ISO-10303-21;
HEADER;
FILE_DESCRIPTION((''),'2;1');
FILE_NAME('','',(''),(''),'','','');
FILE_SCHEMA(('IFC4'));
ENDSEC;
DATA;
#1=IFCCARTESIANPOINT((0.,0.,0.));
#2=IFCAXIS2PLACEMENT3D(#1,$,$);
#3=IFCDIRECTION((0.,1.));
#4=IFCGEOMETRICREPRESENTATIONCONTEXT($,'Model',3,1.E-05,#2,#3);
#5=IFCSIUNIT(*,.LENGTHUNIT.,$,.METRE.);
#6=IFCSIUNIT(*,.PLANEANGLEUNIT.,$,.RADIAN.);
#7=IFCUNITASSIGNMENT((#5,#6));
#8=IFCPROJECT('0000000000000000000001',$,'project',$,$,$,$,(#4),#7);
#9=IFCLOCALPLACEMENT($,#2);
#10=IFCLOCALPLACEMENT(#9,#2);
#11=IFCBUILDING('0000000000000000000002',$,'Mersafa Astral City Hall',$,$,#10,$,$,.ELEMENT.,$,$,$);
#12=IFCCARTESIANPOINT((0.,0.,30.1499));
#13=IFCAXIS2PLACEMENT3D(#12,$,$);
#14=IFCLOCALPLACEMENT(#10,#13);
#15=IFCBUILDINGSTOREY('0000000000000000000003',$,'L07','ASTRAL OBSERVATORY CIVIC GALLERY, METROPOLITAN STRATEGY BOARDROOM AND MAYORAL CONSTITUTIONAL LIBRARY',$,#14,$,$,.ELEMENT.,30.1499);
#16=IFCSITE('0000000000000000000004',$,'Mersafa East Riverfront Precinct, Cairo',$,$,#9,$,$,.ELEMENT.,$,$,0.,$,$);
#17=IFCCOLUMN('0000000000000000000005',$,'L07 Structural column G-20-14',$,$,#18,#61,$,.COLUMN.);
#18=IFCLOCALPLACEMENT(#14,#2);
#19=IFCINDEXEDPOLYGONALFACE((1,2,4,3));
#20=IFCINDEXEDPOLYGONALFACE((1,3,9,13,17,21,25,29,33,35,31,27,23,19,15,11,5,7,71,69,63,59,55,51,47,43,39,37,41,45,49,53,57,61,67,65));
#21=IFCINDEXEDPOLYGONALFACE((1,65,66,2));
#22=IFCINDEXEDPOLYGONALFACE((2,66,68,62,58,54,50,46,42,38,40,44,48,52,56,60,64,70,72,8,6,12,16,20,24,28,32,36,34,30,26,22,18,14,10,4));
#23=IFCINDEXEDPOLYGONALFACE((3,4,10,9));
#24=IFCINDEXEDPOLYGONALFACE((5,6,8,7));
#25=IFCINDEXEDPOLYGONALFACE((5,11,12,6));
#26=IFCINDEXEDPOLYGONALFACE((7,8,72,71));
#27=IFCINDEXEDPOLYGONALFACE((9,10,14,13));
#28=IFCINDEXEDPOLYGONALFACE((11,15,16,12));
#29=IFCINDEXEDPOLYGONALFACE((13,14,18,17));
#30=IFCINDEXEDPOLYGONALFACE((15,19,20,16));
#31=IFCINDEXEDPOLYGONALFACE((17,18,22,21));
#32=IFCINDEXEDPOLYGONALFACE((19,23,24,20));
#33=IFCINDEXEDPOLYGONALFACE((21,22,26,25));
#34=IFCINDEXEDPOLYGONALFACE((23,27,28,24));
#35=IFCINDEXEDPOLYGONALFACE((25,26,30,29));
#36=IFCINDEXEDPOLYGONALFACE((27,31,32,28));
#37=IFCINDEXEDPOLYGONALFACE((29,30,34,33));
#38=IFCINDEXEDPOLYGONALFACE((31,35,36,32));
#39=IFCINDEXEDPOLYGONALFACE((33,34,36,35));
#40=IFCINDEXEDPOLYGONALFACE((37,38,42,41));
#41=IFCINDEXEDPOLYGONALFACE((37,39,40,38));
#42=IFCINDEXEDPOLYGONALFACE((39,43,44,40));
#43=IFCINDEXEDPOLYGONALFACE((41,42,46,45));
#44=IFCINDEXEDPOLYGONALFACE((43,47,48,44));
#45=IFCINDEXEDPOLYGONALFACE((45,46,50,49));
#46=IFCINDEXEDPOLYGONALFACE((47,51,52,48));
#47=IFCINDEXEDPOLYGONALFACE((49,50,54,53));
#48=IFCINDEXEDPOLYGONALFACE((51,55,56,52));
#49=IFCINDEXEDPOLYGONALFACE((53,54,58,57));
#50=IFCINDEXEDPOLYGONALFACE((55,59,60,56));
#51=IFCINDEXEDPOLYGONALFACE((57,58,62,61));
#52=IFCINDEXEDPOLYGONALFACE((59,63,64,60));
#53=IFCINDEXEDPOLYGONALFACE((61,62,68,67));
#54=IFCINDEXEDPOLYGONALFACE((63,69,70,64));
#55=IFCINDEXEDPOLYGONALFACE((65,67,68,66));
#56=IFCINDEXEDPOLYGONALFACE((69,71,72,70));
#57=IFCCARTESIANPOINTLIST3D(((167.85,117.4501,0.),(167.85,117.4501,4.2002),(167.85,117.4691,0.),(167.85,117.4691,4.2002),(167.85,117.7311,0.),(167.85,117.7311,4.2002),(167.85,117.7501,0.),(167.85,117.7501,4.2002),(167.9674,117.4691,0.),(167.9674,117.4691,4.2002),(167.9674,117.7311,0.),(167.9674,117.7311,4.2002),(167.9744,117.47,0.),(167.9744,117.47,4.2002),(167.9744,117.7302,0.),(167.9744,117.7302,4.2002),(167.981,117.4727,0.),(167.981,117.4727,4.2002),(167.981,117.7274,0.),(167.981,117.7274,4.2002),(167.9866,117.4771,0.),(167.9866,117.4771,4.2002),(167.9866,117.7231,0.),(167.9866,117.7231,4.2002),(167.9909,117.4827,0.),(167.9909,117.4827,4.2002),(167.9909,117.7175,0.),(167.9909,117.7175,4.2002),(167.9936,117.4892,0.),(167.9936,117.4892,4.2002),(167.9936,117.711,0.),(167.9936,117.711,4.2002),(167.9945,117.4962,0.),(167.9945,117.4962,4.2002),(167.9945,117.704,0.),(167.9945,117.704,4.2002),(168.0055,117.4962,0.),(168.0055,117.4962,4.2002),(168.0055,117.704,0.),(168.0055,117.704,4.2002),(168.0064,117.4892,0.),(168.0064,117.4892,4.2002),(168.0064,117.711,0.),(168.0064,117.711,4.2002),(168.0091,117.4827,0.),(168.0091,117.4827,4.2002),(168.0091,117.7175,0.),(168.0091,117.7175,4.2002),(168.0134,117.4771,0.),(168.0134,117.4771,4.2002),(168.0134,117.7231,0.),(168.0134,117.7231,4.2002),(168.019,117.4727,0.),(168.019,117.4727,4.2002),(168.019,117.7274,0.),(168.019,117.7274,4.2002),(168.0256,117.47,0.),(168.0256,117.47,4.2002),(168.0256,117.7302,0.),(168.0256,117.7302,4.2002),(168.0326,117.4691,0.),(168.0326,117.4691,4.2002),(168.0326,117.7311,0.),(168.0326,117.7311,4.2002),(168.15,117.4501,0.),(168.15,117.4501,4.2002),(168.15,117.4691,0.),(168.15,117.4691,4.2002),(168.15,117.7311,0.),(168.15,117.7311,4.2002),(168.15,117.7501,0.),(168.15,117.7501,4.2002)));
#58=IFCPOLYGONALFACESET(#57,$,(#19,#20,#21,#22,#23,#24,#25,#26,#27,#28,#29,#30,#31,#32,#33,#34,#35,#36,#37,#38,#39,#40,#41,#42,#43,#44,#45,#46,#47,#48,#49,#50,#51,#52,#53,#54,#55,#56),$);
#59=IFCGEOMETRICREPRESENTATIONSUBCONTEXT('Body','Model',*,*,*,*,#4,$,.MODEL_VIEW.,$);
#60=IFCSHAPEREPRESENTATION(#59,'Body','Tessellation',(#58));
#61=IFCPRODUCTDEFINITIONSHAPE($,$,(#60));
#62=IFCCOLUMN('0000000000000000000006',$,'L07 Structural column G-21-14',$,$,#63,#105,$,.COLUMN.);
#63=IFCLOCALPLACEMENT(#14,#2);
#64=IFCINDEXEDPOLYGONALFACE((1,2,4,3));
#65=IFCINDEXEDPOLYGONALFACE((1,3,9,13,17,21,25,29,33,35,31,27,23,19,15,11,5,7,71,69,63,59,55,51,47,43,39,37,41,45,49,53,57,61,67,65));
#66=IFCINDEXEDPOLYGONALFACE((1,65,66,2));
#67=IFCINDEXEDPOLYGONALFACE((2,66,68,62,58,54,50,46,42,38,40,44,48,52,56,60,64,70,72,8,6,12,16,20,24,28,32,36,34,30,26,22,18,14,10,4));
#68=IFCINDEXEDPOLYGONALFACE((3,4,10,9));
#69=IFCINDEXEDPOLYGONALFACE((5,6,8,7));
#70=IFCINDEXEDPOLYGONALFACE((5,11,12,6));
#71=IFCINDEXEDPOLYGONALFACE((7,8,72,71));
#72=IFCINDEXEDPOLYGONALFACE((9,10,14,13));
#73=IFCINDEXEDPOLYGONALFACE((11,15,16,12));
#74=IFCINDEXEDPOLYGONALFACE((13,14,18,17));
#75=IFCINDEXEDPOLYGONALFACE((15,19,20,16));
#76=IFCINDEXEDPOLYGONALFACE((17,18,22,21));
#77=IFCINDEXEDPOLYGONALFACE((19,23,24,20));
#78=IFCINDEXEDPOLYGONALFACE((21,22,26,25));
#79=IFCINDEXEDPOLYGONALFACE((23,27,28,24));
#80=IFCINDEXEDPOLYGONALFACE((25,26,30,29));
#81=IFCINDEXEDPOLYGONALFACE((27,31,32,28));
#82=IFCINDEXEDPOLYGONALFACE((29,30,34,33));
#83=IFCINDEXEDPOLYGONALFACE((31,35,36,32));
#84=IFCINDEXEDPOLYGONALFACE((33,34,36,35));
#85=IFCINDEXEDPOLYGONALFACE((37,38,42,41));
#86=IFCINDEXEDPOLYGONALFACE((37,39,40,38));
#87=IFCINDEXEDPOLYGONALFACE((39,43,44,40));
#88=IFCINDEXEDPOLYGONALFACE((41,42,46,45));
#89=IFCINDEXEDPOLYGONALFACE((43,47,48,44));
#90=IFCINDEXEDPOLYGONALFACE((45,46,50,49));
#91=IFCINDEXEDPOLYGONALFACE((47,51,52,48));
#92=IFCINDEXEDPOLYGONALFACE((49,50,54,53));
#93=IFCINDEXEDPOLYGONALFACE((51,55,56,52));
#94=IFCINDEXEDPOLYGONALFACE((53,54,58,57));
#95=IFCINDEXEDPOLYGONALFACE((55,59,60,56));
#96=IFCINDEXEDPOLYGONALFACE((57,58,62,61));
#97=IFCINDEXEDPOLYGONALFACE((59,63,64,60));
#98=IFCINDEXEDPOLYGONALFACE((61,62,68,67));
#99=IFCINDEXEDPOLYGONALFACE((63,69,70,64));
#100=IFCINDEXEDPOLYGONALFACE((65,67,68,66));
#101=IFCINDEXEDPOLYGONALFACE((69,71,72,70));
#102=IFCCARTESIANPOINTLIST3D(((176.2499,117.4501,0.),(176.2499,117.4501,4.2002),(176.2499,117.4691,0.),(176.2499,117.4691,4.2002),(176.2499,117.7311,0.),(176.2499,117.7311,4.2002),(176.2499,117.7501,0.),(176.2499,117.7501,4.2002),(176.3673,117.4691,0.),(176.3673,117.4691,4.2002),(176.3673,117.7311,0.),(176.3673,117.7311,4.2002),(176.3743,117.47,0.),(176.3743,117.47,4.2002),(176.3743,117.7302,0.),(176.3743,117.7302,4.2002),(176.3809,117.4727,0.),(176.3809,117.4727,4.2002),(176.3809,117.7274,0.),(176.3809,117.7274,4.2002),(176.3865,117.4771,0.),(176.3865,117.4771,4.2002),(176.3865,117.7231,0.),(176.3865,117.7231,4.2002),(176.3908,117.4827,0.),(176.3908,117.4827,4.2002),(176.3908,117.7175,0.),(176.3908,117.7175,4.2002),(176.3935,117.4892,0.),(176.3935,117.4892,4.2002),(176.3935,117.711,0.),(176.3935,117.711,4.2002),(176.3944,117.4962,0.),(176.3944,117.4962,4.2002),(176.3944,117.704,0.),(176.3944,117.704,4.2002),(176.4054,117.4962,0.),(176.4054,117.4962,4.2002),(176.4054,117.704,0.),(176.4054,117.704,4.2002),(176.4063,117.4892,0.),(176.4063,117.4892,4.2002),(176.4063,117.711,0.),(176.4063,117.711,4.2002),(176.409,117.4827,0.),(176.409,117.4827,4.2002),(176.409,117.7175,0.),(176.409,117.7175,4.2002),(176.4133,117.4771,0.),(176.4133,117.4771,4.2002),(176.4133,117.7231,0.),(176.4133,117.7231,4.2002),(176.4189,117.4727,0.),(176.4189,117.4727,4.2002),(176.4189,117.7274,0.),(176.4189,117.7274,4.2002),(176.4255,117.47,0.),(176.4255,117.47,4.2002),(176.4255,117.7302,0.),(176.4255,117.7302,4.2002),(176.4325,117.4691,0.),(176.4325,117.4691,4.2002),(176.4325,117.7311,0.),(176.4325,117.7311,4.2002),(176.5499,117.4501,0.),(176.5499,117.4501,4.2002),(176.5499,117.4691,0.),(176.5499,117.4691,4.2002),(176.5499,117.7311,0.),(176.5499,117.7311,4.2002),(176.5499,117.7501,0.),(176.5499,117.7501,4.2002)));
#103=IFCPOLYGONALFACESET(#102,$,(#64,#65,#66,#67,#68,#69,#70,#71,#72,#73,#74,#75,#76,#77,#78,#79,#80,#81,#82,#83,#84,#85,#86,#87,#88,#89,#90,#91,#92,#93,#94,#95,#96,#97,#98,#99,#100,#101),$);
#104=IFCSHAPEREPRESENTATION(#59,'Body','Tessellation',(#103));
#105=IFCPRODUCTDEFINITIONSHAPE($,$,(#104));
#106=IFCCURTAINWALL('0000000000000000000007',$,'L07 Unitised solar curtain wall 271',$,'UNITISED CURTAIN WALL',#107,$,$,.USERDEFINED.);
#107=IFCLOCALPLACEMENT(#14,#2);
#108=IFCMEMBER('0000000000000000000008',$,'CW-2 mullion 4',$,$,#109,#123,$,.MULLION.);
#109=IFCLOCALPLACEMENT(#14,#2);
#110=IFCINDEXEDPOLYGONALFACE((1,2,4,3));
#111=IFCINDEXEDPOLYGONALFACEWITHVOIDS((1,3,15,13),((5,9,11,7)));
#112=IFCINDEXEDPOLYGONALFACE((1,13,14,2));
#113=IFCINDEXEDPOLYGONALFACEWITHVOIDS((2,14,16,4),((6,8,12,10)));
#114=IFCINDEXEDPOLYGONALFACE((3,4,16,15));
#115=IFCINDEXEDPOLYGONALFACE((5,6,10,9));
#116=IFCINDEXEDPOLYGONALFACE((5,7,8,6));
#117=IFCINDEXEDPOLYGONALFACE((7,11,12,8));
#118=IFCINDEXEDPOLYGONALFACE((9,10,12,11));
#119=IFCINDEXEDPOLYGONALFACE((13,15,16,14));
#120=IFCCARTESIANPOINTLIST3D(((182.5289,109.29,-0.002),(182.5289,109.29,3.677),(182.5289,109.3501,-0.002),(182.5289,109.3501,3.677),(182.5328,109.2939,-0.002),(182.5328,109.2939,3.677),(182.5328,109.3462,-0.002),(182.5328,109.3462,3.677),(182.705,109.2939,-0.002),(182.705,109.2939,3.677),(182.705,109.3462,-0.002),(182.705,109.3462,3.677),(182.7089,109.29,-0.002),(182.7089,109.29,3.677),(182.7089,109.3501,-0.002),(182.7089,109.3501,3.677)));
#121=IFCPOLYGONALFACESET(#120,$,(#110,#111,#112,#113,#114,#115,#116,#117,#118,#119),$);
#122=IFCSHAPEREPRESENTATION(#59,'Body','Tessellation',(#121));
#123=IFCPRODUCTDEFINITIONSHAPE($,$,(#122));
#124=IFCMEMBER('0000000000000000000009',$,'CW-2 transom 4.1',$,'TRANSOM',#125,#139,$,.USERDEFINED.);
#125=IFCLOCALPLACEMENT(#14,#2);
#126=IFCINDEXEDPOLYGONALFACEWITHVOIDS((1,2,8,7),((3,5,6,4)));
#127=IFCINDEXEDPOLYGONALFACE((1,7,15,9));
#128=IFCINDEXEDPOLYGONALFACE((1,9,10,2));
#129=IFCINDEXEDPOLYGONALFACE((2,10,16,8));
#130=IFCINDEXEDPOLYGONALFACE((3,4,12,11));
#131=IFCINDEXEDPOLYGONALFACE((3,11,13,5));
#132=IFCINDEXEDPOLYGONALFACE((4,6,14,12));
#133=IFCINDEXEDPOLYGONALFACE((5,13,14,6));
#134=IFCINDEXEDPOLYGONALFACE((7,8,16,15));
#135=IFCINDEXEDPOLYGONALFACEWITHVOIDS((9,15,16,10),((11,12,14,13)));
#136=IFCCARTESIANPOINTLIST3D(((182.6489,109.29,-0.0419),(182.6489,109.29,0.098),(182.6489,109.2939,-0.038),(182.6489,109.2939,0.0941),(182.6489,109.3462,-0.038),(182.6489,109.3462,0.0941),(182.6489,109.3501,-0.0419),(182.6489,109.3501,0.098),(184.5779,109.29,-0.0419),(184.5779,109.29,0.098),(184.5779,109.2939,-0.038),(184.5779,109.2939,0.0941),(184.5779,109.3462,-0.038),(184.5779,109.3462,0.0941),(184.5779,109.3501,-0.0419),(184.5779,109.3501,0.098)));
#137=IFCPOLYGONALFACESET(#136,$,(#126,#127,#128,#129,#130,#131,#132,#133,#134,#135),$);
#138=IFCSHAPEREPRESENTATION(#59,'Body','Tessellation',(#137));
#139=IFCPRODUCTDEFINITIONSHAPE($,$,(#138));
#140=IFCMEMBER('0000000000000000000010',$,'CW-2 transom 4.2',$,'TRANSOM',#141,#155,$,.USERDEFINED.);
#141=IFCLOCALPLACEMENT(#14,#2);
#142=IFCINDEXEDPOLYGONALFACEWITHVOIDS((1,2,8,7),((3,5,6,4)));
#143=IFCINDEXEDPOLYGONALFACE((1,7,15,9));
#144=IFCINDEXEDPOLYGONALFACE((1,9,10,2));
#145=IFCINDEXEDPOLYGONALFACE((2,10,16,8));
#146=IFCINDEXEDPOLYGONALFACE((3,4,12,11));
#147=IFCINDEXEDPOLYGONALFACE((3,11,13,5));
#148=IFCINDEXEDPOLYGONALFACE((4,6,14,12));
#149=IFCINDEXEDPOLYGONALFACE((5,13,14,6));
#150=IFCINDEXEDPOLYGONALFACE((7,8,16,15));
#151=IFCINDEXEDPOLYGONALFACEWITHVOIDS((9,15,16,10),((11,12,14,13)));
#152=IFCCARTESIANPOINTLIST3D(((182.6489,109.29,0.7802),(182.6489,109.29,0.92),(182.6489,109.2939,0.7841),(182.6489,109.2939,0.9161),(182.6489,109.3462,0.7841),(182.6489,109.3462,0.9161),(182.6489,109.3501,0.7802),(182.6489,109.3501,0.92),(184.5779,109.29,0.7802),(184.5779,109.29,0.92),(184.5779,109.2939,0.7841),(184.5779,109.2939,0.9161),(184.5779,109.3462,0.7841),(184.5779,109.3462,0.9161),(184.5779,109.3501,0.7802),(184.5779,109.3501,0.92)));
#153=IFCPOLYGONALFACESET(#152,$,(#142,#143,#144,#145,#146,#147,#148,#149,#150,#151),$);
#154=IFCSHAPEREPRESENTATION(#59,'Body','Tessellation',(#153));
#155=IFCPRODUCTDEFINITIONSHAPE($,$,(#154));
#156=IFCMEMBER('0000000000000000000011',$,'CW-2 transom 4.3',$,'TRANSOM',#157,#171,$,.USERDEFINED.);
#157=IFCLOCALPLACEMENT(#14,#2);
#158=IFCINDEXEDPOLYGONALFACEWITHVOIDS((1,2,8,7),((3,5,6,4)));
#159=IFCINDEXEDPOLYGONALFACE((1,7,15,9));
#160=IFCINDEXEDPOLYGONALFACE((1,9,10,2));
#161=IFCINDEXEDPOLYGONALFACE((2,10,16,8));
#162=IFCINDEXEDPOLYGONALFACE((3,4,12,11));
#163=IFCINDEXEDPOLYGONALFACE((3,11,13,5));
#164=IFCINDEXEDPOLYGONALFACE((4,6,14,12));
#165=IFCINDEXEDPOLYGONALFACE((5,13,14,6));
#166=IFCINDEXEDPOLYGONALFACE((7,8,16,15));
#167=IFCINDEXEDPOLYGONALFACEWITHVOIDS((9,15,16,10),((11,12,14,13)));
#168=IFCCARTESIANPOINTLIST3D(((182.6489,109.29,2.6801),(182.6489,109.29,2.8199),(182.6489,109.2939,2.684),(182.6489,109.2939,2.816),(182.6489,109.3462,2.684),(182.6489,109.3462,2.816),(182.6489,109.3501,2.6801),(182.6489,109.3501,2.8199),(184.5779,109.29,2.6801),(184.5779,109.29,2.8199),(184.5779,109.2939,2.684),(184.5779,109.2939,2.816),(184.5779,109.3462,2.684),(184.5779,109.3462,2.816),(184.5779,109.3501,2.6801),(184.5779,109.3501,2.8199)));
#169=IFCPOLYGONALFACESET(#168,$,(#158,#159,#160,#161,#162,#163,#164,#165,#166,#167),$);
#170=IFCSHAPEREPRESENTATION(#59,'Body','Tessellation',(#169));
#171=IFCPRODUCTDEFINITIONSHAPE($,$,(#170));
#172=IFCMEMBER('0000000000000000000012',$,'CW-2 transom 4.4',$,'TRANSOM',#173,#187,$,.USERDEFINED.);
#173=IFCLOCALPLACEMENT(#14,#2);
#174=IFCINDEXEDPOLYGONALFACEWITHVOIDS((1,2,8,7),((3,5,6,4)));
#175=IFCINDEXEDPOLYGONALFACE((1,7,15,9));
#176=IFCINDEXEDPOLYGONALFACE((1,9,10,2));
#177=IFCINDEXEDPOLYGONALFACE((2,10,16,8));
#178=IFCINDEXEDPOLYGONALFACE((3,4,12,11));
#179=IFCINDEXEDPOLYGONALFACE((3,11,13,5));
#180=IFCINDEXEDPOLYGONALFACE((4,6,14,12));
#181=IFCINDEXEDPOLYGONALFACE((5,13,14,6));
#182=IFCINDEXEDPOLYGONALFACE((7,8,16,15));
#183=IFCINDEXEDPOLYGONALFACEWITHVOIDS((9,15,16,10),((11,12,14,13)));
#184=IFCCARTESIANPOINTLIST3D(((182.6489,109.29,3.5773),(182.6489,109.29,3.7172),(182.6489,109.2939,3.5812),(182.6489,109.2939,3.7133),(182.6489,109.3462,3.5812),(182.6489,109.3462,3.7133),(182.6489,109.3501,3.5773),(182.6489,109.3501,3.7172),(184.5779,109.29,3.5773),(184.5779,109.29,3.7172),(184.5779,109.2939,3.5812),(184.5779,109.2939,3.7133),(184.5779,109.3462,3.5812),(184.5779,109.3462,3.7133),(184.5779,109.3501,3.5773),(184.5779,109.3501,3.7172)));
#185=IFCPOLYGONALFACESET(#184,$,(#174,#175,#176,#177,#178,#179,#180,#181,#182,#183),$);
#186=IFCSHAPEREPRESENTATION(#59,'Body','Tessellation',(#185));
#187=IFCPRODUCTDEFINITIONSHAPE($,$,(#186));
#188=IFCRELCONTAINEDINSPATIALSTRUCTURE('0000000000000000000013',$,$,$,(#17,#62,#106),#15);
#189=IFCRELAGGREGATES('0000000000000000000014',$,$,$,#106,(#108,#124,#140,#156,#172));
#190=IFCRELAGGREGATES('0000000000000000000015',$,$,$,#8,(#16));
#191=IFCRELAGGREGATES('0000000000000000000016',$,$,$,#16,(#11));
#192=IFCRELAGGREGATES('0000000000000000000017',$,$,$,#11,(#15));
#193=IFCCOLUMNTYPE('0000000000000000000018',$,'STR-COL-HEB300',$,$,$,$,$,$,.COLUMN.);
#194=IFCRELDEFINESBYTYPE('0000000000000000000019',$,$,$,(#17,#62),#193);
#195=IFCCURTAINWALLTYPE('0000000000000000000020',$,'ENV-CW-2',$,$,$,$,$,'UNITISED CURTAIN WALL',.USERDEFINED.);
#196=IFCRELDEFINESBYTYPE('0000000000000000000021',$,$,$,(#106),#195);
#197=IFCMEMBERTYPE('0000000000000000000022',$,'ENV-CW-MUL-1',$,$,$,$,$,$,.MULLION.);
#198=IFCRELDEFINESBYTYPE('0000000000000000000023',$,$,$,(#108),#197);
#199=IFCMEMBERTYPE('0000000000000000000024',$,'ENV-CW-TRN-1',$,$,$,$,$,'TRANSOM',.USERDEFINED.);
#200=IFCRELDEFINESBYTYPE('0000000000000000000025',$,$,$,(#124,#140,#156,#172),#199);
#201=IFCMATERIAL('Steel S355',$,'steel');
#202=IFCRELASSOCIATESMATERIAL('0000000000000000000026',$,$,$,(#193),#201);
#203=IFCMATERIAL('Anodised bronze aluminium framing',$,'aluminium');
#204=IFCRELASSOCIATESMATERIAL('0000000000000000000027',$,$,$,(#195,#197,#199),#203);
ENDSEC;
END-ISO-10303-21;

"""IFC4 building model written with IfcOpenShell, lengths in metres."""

from ifc_helpers import new_model, si_unit, direction, frame, origin, origin_2d, place, context, subcontext, project, spatial, hollow_rectangle, i_section, extrude, material, material_profile, profile_set, type_object, element, aggregate, save


model = new_model("IFC4")

# Units and contexts
model_context = context("Model", 3, precision=1e-05, world=origin(), true_north=direction((0.0, 1.0)))
body_context = subcontext(model_context, "Body", "Model", "MODEL_VIEW")
ifc_project = project(units=[si_unit("LENGTHUNIT", "METRE"), si_unit("PLANEANGLEUNIT", "RADIAN")], contexts=[model_context])

# Site, building, storey
site_placement = place(None, origin())
site = spatial("IfcSite", under=ifc_project, at=site_placement, Name="Mersafa East Riverfront Precinct, Cairo", CompositionType="ELEMENT", RefElevation=0.0)
building_placement = place(site_placement, origin())
building = spatial("IfcBuilding", under=site, at=building_placement, Name="Mersafa Astral City Hall", CompositionType="ELEMENT")
storey_placement = place(building_placement, frame((0.0, 0.0, 30.1499)))
storey = spatial("IfcBuildingStorey", under=building, at=storey_placement, Name="L07", Description="ASTRAL OBSERVATORY CIVIC GALLERY, METROPOLITAN STRATEGY BOARDROOM AND MAYORAL CONSTITUTIONAL LIBRARY", CompositionType="ELEMENT", Elevation=30.1499)

# Columns
ifc_material_1 = material(Name="Steel S355", Category="steel")
ifc_material_profile_1 = material_profile(ifc_material_1, i_section(OverallWidth=0.3, OverallDepth=0.3, WebThickness=0.011, FlangeThickness=0.019, FilletRadius=0.0271, at=origin_2d()), Name="HEB 300")
ifc_profile_set_1 = profile_set([ifc_material_profile_1], Name="Steel S355")
column_type = type_object("IfcColumnType", Name="STR-COL-HEB300", PredefinedType="COLUMN", material=ifc_profile_set_1)
for number, where, z_axis, x_axis, name in (
    (1, (168.0, 117.6001, 0.0), (0.0, 0.0, 1.0), (1.0, 0.0, 0.0), "L07 Structural column G-20-14"),
    (2, (176.3999, 117.6001, 0.0), (0.0, 0.0, 1.0), (1.0, 0.0, 0.0), "L07 Structural column G-21-14"),
):
    element("IfcColumn", number, at=place(storey_placement, frame(where, z_axis=z_axis, x_axis=x_axis)), inside=storey, type_object=column_type, Name=name, PredefinedType="COLUMN", context=body_context, shape_type="SweptSolid", body=[
        extrude(i_section(OverallWidth=0.3, OverallDepth=0.3, WebThickness=0.011, FlangeThickness=0.019, FilletRadius=0.0271, at=origin_2d()), origin(), (0.0, 0.0, 1.0), 4.2002),
    ])

# Curtain wall, members
ifc_material_2 = material(Name="Anodised bronze aluminium framing", Category="aluminium")
curtain_wall_type = type_object("IfcCurtainWallType", Name="ENV-CW-2", ElementType="UNITISED CURTAIN WALL", PredefinedType="USERDEFINED", material=ifc_material_2)
curtain_wall_placement = place(storey_placement, origin())
curtain_wall = element("IfcCurtainWall", 3, at=curtain_wall_placement, inside=storey, type_object=curtain_wall_type, Name="L07 Unitised solar curtain wall 271", ObjectType="UNITISED CURTAIN WALL", PredefinedType="USERDEFINED")
ifc_material_profile_2 = material_profile(ifc_material_2, hollow_rectangle(XDim=0.0601, YDim=0.1799, WallThickness=0.0039, at=origin_2d()), Name="RHS 60x180x4")
ifc_profile_set_2 = profile_set([ifc_material_profile_2], Name="Anodised bronze aluminium framing")
member_type_1 = type_object("IfcMemberType", Name="ENV-CW-MUL-1", PredefinedType="MULLION", material=ifc_profile_set_2)
member_1_placement = place(storey_placement, frame((182.6189, 109.3201, -0.002), z_axis=(0.0, 0.0, 1.0), x_axis=(0.0, 1.0, 0.0)))
member_1 = element("IfcMember", 4, at=member_1_placement, type_object=member_type_1, Name="CW-2 mullion 4", PredefinedType="MULLION", context=body_context, shape_type="SweptSolid", body=[
    extrude(hollow_rectangle(XDim=0.0601, YDim=0.1799, WallThickness=0.0039, at=origin_2d()), origin(), (0.0, 0.0, 1.0), 3.679),
])
ifc_material_profile_3 = material_profile(ifc_material_2, hollow_rectangle(XDim=0.0601, YDim=0.1399, WallThickness=0.0039, at=origin_2d()), Name="RHS 60x140x4")
ifc_profile_set_3 = profile_set([ifc_material_profile_3], Name="Anodised bronze aluminium framing")
member_type_2 = type_object("IfcMemberType", Name="ENV-CW-TRN-1", ElementType="TRANSOM", PredefinedType="USERDEFINED", material=ifc_profile_set_3)
member_2_placement = place(storey_placement, frame((182.6489, 109.3201, 0.0281), z_axis=(1.0, 0.0, 0.0), x_axis=(0.0, 1.0, 0.0)))
member_2 = element("IfcMember", 5, at=member_2_placement, type_object=member_type_2, Name="CW-2 transom 4.1", ObjectType="TRANSOM", PredefinedType="USERDEFINED", context=body_context, shape_type="SweptSolid", body=[
    extrude(hollow_rectangle(XDim=0.0601, YDim=0.1399, WallThickness=0.0039, at=origin_2d()), origin(), (0.0, 0.0, 1.0), 1.929),
])
member_3_placement = place(storey_placement, frame((182.6489, 109.3201, 0.8501), z_axis=(1.0, 0.0, 0.0), x_axis=(0.0, 1.0, 0.0)))
member_3 = element("IfcMember", 6, at=member_3_placement, type_object=member_type_2, Name="CW-2 transom 4.2", ObjectType="TRANSOM", PredefinedType="USERDEFINED", context=body_context, shape_type="SweptSolid", body=[
    extrude(hollow_rectangle(XDim=0.0601, YDim=0.1399, WallThickness=0.0039, at=origin_2d()), origin(), (0.0, 0.0, 1.0), 1.929),
])
member_4_placement = place(storey_placement, frame((182.6489, 109.3201, 2.75), z_axis=(1.0, 0.0, 0.0), x_axis=(0.0, 1.0, 0.0)))
member_4 = element("IfcMember", 7, at=member_4_placement, type_object=member_type_2, Name="CW-2 transom 4.3", ObjectType="TRANSOM", PredefinedType="USERDEFINED", context=body_context, shape_type="SweptSolid", body=[
    extrude(hollow_rectangle(XDim=0.0601, YDim=0.1399, WallThickness=0.0039, at=origin_2d()), origin(), (0.0, 0.0, 1.0), 1.929),
])
member_5_placement = place(storey_placement, frame((182.6489, 109.3201, 3.6472), z_axis=(1.0, 0.0, 0.0), x_axis=(0.0, 1.0, 0.0)))
member_5 = element("IfcMember", 8, at=member_5_placement, type_object=member_type_2, Name="CW-2 transom 4.4", ObjectType="TRANSOM", PredefinedType="USERDEFINED", context=body_context, shape_type="SweptSolid", body=[
    extrude(hollow_rectangle(XDim=0.0601, YDim=0.1399, WallThickness=0.0039, at=origin_2d()), origin(), (0.0, 0.0, 1.0), 1.929),
])

aggregate(curtain_wall, [member_1, member_2, member_3, member_4, member_5])

save(model, "model.ifc")
